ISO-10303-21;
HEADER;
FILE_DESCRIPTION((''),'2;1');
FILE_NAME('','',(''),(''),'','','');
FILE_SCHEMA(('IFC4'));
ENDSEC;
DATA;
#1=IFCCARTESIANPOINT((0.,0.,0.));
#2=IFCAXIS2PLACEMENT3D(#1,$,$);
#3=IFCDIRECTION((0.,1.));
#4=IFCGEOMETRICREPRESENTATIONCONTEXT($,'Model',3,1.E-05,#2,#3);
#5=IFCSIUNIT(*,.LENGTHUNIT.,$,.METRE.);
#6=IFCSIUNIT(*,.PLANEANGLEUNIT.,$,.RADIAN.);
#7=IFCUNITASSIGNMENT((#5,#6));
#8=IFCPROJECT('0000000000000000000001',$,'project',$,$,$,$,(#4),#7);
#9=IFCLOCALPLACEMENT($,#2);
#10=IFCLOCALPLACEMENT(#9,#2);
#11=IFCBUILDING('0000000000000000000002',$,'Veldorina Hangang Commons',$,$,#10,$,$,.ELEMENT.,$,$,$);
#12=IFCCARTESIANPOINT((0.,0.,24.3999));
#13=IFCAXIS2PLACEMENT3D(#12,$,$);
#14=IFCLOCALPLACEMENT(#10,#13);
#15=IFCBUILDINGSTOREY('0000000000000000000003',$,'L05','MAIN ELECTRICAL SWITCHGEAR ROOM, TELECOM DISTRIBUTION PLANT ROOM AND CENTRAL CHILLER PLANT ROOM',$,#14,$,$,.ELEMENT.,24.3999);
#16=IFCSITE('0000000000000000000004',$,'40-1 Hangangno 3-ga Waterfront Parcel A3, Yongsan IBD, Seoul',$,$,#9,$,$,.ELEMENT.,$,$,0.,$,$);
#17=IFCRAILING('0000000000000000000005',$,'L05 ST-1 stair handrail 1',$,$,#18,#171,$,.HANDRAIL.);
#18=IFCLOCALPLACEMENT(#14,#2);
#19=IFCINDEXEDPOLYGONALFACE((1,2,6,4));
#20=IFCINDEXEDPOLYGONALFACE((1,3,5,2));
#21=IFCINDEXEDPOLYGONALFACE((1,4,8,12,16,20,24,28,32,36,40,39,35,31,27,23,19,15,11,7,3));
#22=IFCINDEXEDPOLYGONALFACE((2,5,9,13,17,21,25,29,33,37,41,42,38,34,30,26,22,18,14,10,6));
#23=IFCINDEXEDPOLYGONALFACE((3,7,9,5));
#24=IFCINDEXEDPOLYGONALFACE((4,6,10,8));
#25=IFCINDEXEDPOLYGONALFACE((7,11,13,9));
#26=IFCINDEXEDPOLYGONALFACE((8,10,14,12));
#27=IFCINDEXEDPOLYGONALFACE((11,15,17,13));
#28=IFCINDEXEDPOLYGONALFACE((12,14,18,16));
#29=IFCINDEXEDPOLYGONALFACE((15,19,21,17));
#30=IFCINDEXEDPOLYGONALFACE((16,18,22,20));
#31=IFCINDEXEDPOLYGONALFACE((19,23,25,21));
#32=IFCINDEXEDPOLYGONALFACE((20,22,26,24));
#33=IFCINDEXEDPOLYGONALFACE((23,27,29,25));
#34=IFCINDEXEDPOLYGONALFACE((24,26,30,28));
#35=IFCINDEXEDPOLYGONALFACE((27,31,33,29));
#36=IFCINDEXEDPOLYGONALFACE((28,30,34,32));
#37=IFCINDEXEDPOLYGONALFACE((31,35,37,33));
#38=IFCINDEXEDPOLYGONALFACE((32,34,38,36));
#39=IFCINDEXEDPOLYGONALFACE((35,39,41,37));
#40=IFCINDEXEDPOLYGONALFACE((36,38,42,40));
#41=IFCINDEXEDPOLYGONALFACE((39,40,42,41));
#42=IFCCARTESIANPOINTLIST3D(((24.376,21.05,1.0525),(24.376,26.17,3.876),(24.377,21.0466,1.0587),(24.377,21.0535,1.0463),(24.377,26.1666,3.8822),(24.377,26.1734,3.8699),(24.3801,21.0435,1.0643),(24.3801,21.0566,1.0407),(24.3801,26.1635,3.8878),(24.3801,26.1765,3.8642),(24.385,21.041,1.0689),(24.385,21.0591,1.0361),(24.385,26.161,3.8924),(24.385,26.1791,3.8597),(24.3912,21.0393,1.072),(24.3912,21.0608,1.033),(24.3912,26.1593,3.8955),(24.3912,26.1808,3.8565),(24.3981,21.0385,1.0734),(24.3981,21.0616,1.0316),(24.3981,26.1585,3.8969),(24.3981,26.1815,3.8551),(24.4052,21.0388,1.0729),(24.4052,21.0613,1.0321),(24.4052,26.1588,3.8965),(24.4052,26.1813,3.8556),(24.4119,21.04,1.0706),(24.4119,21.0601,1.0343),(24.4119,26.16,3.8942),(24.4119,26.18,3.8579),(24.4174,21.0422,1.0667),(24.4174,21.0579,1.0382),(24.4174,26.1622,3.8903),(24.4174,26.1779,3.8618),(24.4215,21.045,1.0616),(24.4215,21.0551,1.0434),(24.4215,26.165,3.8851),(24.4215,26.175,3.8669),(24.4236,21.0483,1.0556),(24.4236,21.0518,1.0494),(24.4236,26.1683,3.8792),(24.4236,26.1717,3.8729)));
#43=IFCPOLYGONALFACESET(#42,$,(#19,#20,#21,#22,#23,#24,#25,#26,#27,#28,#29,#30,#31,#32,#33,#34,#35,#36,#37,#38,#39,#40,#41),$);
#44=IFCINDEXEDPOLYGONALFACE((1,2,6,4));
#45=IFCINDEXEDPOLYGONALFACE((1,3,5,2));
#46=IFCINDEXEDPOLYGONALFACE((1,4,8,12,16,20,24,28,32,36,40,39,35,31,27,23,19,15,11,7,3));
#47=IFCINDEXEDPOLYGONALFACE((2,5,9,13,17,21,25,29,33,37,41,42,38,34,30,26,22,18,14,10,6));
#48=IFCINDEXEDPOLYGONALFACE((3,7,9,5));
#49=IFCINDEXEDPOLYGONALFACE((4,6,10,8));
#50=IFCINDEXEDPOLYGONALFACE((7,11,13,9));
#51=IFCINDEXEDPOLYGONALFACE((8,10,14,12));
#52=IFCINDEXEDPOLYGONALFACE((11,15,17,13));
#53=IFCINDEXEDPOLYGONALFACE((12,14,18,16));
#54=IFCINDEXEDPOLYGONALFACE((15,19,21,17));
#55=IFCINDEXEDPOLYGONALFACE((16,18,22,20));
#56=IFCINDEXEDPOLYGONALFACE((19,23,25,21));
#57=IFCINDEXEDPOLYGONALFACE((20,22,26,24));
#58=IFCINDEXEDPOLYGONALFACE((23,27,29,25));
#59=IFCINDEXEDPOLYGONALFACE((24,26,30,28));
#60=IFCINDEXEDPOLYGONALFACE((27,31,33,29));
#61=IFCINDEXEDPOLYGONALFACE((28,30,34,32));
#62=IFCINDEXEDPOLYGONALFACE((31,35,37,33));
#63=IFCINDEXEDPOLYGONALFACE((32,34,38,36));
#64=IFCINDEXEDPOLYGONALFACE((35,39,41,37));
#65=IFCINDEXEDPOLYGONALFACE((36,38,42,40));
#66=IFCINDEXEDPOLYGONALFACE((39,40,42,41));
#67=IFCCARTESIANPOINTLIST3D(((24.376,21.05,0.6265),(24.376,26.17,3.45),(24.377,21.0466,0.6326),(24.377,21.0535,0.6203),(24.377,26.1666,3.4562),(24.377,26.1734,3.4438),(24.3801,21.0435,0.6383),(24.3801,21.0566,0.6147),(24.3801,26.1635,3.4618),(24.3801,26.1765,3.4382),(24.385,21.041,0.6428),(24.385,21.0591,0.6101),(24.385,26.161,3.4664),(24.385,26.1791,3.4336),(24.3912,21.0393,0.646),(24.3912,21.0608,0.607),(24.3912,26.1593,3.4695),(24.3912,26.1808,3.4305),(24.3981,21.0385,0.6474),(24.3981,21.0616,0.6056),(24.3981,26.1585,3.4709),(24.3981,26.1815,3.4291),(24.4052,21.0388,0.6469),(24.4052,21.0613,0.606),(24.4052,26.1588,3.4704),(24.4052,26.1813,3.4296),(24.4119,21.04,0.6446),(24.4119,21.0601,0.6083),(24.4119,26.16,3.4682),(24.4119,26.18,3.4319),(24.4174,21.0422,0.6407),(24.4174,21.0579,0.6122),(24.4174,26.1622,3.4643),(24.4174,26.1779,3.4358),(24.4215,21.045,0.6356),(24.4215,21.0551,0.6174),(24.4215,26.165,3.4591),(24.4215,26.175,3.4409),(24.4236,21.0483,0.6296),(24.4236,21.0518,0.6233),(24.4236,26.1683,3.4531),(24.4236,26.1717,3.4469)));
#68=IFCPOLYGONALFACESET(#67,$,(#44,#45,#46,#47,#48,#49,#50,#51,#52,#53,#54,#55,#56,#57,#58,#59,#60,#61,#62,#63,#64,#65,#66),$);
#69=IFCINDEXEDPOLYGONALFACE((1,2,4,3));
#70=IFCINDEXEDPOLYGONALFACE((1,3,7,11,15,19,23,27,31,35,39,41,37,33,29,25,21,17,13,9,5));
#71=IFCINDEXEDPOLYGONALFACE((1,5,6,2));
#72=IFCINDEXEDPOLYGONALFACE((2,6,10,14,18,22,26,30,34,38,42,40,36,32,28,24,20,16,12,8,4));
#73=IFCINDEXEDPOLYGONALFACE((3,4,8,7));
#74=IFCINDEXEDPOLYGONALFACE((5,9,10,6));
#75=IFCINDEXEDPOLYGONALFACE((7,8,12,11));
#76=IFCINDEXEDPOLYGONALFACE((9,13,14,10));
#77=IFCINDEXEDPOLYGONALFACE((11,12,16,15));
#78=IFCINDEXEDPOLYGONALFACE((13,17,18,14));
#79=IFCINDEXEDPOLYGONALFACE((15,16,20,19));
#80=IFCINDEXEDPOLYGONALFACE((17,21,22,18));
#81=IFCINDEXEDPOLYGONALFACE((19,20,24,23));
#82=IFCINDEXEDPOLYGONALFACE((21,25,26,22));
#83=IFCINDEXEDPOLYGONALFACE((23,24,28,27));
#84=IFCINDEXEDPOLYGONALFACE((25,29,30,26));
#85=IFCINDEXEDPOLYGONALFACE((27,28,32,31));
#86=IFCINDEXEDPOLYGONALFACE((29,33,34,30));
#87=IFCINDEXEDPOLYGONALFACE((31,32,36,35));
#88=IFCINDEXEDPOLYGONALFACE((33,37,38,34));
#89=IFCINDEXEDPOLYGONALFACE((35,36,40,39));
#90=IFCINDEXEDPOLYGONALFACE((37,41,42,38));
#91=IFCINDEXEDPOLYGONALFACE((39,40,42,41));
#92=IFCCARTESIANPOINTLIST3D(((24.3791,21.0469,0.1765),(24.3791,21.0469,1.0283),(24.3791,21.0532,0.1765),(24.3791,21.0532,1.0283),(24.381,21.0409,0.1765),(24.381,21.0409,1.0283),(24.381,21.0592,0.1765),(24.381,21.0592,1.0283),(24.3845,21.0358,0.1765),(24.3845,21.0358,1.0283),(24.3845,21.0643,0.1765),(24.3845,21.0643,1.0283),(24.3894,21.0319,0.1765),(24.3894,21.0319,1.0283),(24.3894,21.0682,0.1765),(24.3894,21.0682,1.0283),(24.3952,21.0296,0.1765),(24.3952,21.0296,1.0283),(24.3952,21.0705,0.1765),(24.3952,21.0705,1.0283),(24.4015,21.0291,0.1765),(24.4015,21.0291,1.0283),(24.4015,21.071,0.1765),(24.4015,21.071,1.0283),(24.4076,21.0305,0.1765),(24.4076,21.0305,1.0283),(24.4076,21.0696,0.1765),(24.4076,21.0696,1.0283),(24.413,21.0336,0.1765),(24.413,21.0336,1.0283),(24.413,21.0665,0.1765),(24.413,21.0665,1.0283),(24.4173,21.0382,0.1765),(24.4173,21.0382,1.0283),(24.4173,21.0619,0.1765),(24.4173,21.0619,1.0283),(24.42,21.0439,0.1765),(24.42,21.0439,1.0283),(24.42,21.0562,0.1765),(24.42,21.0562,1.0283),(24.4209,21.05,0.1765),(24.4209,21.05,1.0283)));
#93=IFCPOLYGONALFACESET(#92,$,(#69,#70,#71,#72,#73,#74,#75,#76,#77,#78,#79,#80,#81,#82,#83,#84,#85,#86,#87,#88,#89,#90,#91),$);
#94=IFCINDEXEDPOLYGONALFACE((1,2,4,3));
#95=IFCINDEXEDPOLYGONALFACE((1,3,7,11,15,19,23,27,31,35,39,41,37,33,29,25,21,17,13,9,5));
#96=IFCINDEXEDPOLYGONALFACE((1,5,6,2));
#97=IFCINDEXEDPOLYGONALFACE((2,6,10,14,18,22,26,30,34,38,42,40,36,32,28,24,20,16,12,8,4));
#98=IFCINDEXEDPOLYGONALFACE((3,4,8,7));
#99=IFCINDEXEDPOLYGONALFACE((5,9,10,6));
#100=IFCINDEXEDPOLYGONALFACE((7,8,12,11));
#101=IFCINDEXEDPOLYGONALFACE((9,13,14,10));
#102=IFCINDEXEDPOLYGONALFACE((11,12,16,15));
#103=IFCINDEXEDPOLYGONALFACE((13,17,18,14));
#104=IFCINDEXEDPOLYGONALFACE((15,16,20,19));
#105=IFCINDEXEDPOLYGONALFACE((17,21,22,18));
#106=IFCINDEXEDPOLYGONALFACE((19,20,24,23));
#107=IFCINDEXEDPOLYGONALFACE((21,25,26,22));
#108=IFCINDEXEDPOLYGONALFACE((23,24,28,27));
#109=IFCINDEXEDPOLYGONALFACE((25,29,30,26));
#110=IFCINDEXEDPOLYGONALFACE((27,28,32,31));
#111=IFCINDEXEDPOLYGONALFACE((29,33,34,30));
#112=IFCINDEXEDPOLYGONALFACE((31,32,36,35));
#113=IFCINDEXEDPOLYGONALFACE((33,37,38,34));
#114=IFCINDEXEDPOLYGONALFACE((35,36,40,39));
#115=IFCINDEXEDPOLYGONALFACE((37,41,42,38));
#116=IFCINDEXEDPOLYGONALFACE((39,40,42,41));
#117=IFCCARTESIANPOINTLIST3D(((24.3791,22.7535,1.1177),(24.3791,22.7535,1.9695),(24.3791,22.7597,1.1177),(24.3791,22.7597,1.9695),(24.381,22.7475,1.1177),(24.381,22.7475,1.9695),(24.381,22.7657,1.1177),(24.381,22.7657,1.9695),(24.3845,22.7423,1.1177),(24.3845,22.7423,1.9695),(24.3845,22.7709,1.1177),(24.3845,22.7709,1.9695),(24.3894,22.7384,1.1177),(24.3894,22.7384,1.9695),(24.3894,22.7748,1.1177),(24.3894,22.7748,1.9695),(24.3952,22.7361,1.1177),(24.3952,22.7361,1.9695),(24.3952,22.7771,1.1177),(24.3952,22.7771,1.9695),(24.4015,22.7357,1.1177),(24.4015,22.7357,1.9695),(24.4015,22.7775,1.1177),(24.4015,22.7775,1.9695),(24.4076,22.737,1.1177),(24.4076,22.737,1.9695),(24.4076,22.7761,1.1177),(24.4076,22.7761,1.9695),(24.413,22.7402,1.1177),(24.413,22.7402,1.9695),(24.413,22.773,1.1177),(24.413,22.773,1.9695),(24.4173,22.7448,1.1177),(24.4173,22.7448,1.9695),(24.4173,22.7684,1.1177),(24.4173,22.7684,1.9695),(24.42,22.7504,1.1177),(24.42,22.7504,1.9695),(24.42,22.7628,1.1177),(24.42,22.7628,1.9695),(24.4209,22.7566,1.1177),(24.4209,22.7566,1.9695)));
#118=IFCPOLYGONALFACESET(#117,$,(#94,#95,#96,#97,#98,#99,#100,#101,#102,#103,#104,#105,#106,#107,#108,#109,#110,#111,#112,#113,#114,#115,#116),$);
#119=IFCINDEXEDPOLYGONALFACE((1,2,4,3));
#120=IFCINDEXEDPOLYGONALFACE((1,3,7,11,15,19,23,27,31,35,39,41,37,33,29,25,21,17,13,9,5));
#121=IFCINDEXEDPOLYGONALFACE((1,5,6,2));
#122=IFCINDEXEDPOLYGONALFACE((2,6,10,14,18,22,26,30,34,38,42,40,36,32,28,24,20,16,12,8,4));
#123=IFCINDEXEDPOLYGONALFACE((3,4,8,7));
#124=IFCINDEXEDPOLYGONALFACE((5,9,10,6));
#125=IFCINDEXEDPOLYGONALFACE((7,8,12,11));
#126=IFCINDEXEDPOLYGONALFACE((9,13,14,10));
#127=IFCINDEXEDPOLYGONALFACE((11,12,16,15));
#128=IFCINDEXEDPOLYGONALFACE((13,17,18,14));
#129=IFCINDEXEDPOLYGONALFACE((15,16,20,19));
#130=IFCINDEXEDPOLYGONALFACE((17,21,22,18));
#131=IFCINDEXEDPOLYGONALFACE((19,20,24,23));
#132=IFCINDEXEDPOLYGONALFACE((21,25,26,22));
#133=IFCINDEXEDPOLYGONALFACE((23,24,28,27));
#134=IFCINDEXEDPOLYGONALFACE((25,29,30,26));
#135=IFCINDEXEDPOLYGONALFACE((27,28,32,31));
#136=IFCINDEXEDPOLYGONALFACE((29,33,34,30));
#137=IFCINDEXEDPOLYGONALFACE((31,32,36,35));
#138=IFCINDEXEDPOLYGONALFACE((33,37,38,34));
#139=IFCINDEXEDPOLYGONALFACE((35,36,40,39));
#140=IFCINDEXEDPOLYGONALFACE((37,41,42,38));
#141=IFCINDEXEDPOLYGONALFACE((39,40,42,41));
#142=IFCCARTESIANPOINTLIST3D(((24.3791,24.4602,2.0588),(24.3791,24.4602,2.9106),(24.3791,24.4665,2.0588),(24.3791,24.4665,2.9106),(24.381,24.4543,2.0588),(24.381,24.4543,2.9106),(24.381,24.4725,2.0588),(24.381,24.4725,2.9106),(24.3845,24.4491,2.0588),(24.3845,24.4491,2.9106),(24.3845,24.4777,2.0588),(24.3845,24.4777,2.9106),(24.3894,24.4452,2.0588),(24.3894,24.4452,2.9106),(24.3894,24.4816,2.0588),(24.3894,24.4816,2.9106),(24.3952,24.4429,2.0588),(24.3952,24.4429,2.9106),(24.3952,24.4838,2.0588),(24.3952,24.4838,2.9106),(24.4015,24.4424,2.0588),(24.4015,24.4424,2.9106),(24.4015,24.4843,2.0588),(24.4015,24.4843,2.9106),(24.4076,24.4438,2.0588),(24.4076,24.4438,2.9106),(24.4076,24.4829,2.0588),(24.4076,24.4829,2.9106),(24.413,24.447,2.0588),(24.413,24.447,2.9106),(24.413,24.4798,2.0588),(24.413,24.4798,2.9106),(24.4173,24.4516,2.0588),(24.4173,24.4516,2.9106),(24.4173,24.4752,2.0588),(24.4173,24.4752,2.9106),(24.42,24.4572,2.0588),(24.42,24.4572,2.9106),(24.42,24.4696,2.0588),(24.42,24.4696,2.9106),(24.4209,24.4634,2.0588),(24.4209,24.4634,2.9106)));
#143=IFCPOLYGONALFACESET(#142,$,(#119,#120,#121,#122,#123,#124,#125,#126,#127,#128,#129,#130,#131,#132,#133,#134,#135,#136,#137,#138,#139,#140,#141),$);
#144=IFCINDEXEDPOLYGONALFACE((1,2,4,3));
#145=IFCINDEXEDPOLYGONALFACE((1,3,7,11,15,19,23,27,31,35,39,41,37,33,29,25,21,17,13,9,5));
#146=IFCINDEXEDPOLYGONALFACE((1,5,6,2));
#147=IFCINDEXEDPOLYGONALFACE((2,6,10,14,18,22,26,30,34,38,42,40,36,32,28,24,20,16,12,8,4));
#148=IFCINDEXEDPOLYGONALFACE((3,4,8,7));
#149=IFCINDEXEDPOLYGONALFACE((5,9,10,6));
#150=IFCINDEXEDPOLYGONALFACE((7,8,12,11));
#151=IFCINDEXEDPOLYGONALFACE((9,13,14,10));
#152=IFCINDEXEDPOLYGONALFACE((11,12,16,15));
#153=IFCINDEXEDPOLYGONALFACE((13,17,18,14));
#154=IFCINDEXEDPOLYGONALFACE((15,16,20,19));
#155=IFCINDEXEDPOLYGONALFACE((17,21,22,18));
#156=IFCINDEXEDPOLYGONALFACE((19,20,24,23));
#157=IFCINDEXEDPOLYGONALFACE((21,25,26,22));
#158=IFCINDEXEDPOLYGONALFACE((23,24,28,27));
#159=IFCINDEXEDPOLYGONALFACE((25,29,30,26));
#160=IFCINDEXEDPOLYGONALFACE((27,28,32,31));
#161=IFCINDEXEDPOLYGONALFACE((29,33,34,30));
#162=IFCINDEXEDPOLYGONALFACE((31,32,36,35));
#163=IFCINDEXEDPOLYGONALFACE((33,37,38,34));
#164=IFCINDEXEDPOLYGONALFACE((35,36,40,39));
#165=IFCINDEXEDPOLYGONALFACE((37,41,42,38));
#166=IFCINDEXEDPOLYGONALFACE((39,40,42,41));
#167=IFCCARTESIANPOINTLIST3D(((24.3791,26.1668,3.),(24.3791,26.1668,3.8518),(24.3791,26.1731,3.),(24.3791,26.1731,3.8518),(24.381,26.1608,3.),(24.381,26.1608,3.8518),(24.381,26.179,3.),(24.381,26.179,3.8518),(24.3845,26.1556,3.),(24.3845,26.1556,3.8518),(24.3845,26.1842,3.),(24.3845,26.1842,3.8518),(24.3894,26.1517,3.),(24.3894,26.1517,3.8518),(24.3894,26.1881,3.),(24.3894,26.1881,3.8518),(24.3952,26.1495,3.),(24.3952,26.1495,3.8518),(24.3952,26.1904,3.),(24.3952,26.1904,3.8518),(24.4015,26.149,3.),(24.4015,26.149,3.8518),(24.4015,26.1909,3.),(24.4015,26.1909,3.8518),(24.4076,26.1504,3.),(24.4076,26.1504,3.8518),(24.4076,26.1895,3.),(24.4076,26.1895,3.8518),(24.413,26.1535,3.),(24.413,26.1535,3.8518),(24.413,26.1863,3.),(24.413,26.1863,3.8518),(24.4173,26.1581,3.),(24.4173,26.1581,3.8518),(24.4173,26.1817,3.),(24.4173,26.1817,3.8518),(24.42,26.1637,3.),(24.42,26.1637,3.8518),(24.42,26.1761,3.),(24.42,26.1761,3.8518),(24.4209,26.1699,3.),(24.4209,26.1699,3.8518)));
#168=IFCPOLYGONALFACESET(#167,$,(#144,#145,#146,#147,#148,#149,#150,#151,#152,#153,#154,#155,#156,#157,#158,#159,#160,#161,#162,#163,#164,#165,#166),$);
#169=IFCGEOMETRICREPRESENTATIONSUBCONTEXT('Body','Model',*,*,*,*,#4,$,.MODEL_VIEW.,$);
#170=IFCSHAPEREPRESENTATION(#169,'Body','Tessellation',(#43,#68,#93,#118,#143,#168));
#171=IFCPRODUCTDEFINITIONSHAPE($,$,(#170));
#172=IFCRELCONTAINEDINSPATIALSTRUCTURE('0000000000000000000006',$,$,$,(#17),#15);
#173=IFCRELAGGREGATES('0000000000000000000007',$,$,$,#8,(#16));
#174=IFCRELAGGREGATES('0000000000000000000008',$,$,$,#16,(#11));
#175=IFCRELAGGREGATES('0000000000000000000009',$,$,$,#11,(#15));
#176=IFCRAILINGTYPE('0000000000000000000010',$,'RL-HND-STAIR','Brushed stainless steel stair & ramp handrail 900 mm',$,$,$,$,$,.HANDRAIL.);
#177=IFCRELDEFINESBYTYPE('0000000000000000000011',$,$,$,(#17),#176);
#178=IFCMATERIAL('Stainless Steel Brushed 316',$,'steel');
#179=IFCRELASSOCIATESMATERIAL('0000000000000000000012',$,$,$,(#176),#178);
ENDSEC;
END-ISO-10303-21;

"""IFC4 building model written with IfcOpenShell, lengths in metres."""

from ifc_helpers import new_model, si_unit, direction, frame, origin, origin_2d, place, context, subcontext, project, spatial, circle, extrude, material, type_object, element, save


model = new_model("IFC4")

# Units and contexts
model_context = context("Model", 3, precision=1e-05, world=origin(), true_north=direction((0.0, 1.0)))
body_context = subcontext(model_context, "Body", "Model", "MODEL_VIEW")
ifc_project = project(units=[si_unit("LENGTHUNIT", "METRE"), si_unit("PLANEANGLEUNIT", "RADIAN")], contexts=[model_context])

# Site, building, storey
site_placement = place(None, origin())
site = spatial("IfcSite", under=ifc_project, at=site_placement, Name="40-1 Hangangno 3-ga Waterfront Parcel A3, Yongsan IBD, Seoul", CompositionType="ELEMENT", RefElevation=0.0)
building_placement = place(site_placement, origin())
building = spatial("IfcBuilding", under=site, at=building_placement, Name="Veldorina Hangang Commons", CompositionType="ELEMENT")
storey_placement = place(building_placement, frame((0.0, 0.0, 24.3999)))
storey = spatial("IfcBuildingStorey", under=building, at=storey_placement, Name="L05", Description="MAIN ELECTRICAL SWITCHGEAR ROOM, TELECOM DISTRIBUTION PLANT ROOM AND CENTRAL CHILLER PLANT ROOM", CompositionType="ELEMENT", Elevation=24.3999)

# Railing
ifc_material_1 = material(Name="Stainless Steel Brushed 316", Category="steel")
railing_type_1 = type_object("IfcRailingType", Name="RL-HND-STAIR", Description="Brushed stainless steel stair & ramp handrail 900 mm", PredefinedType="HANDRAIL", material=ifc_material_1)
railing_1_placement = place(storey_placement, frame((24.3999, 21.05, 0.1765)))
element("IfcRailing", 1, at=railing_1_placement, inside=storey, type_object=railing_type_1, Name="L05 ST-1 stair handrail 1", PredefinedType="HANDRAIL", context=body_context, shape_type="SweptSolid", body=[
    extrude(circle(Radius=0.0239, at=origin_2d()), frame((0.0, 0.0, 0.876), z_axis=(0.0, 0.87567, 0.482911), x_axis=(-1.0, 0.0, 0.0)), (0.0, 0.0, 1.0), 5.8469),
    extrude(circle(Radius=0.0239, at=origin_2d()), frame((0.0, 0.0, 0.45), z_axis=(0.0, 0.87567, 0.482911), x_axis=(-1.0, 0.0, 0.0)), (0.0, 0.0, 1.0), 5.8469),
    extrude(circle(Radius=0.021, at=origin_2d()), origin(), (0.0, 0.0, 1.0), 0.8518),
    extrude(circle(Radius=0.021, at=origin_2d()), frame((0.0, 1.7065, 0.9412)), (0.0, 0.0, 1.0), 0.8518),
    extrude(circle(Radius=0.021, at=origin_2d()), frame((0.0, 3.4133, 1.8823)), (0.0, 0.0, 1.0), 0.8518),
    extrude(circle(Radius=0.021, at=origin_2d()), frame((0.0, 5.1199, 2.8235)), (0.0, 0.0, 1.0), 0.8518),
])

save(model, "model.ifc")
